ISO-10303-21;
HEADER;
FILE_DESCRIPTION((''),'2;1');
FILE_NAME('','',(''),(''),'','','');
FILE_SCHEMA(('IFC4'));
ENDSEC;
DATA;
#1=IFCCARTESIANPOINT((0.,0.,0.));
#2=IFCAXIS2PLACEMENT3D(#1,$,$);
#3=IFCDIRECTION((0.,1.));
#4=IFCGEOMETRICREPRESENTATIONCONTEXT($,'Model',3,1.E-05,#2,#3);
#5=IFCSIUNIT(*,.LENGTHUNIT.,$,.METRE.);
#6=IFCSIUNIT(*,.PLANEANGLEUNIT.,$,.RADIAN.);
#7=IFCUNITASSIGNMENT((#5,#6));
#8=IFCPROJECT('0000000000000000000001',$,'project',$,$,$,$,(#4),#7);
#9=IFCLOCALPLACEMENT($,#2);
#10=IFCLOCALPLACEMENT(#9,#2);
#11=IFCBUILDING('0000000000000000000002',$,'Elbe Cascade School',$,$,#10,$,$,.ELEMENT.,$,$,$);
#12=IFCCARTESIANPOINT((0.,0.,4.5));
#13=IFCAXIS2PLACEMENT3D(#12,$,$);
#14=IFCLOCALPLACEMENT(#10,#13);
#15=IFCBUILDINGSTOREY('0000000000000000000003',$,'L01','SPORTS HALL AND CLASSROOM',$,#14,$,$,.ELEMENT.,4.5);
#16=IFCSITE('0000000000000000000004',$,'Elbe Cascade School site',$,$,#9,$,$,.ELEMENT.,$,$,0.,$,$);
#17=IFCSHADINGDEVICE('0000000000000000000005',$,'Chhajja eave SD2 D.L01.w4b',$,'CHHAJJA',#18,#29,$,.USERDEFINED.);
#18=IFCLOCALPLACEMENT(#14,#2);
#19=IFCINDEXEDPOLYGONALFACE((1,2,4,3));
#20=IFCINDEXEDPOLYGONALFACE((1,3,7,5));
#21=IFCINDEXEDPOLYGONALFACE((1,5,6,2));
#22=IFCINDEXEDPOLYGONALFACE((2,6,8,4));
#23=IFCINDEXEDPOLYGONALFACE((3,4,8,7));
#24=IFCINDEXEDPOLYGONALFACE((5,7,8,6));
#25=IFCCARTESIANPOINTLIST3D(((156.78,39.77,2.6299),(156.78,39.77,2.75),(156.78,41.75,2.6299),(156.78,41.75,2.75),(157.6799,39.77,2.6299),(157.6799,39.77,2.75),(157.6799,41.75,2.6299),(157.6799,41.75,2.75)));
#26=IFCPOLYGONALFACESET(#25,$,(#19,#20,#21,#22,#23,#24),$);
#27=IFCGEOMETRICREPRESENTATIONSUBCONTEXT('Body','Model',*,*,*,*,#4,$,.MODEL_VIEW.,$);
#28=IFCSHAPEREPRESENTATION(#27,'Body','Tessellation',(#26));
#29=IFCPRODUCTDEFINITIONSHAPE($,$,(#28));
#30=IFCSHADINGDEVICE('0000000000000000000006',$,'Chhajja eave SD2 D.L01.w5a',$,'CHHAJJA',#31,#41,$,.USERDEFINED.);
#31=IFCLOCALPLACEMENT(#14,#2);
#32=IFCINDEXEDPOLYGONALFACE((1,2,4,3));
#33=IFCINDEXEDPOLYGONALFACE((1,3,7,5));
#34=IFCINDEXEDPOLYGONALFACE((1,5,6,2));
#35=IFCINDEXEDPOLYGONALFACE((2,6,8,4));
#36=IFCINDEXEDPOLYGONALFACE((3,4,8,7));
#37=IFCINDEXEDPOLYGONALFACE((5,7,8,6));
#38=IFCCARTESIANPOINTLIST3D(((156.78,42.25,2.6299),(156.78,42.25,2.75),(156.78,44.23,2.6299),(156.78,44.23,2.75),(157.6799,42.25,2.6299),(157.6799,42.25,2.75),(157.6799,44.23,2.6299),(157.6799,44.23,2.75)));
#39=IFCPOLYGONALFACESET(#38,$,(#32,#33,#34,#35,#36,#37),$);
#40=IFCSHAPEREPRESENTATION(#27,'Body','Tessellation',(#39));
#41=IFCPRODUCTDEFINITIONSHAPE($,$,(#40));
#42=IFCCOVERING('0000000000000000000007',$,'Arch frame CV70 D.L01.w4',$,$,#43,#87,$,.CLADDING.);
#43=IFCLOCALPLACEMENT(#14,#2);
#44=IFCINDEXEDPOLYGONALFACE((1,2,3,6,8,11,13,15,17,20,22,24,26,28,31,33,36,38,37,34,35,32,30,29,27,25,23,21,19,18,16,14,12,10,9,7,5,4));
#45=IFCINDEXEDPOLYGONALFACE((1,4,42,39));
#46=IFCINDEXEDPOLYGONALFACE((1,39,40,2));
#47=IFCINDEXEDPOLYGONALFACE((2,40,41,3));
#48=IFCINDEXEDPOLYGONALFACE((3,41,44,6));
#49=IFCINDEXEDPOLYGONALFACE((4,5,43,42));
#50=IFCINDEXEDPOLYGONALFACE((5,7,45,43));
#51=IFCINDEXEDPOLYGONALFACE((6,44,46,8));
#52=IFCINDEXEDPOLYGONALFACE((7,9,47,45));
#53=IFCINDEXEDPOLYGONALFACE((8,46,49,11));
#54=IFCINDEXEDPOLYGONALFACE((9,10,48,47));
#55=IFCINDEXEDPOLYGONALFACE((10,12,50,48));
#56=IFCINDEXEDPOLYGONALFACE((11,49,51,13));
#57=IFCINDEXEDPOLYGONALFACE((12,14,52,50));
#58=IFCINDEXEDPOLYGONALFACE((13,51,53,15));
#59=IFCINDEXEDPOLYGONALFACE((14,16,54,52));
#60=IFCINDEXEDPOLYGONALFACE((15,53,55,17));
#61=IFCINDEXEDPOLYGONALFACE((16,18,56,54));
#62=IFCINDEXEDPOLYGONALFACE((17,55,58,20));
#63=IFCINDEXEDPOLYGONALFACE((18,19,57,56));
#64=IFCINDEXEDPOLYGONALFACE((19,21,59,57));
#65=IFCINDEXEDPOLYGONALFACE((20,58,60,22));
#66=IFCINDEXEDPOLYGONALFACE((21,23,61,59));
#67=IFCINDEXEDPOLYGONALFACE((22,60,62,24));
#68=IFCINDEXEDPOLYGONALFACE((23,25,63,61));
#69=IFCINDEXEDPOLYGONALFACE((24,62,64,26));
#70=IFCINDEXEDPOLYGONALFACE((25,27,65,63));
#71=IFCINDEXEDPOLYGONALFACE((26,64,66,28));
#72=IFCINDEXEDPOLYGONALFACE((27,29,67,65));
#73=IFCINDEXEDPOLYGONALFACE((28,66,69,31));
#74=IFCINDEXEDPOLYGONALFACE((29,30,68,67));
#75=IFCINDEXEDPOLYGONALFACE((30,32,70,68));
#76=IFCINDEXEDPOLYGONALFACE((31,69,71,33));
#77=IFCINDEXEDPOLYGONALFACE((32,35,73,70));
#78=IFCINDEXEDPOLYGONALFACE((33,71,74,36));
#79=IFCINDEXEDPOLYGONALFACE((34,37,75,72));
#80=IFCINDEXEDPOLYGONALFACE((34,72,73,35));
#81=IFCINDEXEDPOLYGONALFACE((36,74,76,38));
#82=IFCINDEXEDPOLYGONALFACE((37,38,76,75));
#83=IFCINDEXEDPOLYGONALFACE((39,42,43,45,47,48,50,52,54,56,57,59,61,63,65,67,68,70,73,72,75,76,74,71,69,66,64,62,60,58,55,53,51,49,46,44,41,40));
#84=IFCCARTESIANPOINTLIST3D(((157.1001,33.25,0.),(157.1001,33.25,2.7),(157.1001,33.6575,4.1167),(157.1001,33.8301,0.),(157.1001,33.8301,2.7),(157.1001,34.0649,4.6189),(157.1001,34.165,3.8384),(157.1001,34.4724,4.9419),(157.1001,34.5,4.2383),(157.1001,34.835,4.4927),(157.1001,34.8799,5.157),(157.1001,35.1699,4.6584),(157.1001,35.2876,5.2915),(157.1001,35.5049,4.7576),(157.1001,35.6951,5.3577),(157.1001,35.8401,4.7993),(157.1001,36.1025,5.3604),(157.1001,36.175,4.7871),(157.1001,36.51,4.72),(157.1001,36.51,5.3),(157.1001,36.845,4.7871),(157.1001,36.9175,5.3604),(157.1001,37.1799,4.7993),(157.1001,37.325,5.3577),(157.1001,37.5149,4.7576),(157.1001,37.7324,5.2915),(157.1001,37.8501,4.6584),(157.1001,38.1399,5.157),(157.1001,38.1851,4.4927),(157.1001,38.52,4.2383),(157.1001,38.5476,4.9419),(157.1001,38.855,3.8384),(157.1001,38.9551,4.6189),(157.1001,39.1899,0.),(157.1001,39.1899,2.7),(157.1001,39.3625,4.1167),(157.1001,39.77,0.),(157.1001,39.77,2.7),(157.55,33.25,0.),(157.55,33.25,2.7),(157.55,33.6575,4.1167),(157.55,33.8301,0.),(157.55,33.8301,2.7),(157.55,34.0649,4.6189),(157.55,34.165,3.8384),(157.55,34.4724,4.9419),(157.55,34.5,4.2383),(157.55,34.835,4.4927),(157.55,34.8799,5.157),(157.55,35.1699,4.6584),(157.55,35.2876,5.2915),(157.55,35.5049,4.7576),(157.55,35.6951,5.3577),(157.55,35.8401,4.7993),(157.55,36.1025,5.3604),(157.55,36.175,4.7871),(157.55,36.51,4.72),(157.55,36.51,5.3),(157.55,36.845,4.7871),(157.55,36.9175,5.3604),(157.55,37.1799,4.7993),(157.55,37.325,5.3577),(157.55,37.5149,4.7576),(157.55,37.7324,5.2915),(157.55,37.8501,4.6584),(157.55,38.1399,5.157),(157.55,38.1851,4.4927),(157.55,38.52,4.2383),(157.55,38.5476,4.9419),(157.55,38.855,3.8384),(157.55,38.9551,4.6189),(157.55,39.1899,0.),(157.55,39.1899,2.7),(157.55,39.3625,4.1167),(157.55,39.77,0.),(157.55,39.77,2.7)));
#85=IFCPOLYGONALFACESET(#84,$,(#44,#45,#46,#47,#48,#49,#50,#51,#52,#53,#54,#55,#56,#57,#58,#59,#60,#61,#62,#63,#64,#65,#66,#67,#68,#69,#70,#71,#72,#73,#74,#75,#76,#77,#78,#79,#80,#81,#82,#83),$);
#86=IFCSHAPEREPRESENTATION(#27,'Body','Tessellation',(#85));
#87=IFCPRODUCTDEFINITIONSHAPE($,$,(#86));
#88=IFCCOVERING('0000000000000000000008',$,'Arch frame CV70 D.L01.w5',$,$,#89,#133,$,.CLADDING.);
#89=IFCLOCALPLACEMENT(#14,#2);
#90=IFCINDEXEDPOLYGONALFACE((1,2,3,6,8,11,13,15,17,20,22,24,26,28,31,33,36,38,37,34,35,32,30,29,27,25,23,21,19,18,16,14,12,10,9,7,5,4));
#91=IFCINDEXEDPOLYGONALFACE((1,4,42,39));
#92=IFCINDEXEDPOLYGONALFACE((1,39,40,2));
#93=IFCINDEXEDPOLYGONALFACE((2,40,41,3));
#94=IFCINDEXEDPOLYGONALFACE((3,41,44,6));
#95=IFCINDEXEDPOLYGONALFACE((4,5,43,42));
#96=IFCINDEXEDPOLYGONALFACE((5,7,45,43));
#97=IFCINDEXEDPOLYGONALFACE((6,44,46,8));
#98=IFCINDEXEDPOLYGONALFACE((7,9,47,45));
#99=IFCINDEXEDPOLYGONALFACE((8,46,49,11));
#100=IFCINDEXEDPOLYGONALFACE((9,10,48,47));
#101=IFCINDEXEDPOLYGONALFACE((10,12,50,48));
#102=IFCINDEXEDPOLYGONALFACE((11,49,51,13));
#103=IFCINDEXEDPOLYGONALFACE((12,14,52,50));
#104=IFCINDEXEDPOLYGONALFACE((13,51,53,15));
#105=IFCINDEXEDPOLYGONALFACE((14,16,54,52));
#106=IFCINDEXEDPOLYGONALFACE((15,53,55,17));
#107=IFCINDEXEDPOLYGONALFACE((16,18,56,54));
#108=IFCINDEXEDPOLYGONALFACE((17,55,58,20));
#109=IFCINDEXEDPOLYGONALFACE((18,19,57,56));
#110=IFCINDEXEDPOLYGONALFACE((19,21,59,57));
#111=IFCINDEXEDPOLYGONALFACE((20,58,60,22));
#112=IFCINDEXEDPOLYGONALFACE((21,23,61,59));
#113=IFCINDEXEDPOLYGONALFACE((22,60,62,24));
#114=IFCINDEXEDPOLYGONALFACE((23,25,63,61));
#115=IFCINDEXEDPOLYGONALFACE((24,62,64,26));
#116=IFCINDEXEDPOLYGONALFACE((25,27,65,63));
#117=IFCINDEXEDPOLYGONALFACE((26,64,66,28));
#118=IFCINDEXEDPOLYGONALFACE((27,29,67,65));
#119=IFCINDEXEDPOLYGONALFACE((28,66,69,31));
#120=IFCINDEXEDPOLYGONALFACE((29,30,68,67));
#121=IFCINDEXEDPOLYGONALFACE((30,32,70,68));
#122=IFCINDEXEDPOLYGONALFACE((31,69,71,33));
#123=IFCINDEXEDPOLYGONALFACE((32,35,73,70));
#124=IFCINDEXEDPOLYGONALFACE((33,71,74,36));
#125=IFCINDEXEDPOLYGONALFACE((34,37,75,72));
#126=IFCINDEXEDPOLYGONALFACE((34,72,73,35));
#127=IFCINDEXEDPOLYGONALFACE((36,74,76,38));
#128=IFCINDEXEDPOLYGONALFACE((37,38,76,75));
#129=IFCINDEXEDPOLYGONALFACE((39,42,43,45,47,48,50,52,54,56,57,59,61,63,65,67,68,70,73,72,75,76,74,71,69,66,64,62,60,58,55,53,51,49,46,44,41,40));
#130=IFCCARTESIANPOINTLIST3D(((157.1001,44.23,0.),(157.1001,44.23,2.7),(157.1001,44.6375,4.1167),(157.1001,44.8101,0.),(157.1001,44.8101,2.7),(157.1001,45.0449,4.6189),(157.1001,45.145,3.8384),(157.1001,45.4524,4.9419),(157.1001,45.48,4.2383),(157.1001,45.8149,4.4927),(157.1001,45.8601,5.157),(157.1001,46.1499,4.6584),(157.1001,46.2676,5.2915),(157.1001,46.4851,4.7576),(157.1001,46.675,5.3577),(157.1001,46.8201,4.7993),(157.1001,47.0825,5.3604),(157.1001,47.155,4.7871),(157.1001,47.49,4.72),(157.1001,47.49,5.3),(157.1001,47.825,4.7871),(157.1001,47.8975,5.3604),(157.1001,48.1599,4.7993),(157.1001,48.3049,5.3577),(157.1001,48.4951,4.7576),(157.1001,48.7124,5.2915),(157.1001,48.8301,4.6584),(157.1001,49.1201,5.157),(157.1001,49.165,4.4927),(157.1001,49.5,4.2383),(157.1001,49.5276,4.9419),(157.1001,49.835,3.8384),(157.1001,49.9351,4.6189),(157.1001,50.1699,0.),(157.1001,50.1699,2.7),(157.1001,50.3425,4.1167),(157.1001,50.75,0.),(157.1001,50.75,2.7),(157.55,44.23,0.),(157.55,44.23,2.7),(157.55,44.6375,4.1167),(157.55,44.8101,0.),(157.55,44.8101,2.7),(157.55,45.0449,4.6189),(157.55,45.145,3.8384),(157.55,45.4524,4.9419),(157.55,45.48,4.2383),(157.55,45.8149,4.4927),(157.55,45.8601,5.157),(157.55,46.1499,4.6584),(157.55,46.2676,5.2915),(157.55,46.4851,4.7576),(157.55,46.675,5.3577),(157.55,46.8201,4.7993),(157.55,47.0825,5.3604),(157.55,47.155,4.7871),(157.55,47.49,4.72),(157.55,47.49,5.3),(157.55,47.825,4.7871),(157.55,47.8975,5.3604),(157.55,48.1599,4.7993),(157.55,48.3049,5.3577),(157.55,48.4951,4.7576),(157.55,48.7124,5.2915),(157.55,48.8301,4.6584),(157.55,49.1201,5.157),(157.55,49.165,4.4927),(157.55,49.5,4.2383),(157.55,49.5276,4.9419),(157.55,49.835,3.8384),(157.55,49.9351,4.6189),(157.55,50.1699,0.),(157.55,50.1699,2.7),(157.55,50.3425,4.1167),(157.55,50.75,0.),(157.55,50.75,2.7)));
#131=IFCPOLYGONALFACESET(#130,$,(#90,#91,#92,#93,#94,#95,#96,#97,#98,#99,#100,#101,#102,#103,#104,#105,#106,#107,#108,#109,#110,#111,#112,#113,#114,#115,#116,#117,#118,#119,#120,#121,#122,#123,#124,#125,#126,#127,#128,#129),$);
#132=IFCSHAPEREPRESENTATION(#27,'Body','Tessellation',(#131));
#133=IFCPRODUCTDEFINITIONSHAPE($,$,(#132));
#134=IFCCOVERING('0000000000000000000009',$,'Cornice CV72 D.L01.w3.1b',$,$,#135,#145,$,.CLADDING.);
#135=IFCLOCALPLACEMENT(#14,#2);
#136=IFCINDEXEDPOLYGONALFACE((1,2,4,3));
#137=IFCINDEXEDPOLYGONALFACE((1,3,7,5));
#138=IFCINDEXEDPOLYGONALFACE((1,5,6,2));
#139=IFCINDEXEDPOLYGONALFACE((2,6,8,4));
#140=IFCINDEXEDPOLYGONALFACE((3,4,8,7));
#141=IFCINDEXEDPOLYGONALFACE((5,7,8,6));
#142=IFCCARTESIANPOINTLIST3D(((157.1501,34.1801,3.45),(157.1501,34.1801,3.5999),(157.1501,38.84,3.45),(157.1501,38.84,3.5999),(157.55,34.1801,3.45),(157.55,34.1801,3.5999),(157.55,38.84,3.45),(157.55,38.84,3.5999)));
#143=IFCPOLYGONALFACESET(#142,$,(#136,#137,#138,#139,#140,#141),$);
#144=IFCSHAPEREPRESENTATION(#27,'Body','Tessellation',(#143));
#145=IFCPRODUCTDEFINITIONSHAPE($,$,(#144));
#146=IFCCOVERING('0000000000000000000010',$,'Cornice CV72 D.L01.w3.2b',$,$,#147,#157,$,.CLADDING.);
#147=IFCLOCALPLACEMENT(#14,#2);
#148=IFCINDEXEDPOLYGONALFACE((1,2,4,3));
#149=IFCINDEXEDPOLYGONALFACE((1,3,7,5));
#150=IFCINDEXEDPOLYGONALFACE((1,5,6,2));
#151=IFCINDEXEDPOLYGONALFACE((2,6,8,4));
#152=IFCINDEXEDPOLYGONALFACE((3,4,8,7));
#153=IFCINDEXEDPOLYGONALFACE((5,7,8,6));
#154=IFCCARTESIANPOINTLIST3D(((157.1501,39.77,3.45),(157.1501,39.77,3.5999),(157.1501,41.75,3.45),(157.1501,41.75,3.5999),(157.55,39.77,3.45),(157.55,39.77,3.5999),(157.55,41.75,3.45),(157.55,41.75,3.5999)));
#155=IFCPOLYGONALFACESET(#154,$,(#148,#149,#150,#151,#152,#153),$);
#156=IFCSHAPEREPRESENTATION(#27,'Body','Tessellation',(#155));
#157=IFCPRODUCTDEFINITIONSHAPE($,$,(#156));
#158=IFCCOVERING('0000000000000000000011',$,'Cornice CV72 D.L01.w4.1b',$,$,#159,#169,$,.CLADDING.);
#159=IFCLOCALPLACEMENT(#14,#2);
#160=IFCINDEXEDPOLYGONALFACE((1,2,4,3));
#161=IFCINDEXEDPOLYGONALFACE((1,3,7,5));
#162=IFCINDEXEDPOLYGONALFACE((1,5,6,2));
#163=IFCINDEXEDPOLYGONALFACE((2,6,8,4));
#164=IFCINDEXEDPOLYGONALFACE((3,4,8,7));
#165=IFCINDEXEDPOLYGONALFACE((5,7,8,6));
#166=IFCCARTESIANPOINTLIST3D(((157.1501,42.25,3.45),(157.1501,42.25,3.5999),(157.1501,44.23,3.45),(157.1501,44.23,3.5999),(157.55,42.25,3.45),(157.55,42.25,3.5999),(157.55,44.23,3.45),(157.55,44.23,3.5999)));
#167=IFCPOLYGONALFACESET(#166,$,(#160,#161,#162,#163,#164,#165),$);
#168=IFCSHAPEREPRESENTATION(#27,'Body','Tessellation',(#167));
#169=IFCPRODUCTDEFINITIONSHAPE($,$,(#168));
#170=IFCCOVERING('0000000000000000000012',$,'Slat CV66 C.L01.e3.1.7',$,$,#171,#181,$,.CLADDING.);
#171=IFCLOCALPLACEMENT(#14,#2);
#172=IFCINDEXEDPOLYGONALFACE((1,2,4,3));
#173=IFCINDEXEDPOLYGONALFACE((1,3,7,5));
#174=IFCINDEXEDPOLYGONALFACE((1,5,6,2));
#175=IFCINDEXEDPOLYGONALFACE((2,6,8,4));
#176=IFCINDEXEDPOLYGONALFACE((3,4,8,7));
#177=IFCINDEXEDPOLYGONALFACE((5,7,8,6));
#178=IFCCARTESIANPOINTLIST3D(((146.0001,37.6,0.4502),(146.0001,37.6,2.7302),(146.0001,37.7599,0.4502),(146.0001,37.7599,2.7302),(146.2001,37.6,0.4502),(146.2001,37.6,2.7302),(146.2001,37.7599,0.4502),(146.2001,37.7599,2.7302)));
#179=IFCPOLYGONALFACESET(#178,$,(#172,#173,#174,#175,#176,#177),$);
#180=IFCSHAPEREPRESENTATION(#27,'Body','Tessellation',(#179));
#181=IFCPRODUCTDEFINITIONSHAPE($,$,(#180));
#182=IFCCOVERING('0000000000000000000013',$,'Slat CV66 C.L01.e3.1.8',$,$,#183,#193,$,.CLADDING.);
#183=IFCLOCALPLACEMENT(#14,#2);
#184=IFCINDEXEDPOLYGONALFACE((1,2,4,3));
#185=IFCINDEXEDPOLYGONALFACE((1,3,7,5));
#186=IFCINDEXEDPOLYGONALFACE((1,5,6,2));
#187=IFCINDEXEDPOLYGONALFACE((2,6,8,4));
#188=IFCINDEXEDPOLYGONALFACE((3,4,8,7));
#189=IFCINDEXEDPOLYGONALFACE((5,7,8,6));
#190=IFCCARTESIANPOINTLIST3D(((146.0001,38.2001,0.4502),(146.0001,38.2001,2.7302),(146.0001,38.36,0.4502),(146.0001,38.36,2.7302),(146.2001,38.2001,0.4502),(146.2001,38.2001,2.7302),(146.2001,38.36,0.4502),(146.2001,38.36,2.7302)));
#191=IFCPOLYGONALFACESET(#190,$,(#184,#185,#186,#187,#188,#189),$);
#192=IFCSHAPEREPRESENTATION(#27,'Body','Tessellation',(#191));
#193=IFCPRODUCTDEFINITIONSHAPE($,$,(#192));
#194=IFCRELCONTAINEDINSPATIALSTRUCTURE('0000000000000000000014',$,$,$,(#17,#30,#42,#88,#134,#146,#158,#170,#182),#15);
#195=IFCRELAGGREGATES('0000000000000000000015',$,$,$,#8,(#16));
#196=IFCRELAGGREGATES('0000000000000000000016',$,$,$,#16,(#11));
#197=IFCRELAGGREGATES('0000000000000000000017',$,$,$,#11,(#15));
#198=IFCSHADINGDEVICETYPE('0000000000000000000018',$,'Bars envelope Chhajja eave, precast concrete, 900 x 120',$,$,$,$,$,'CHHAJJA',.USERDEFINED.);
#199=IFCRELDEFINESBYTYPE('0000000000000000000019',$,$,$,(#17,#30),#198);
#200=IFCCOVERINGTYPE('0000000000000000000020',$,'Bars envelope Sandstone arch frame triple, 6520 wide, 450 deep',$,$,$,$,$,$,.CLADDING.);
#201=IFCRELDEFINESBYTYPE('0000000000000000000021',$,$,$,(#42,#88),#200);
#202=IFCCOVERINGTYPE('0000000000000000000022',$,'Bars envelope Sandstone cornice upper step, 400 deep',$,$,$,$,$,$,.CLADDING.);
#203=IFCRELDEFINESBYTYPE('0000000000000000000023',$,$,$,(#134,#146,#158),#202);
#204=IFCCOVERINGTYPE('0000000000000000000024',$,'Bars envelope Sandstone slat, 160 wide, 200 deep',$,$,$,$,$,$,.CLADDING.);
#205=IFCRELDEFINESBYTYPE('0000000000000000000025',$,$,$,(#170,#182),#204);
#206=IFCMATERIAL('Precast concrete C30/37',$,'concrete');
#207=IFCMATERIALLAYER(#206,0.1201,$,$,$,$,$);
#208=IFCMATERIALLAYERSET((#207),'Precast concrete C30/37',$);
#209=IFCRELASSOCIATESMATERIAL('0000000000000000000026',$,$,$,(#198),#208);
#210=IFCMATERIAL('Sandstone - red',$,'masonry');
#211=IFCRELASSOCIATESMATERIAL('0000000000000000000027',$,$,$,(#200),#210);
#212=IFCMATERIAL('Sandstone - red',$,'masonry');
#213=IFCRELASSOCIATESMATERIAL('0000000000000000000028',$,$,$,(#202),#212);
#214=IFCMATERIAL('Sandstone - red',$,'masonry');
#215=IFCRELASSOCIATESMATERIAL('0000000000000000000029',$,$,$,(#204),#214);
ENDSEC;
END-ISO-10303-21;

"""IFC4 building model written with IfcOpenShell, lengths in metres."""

from ifc_helpers import new_model, si_unit, direction, frame, origin, origin_2d, place, context, subcontext, project, spatial, polyline, rectangle, outline, extrude, material, layer, layer_set, type_object, element, save


model = new_model("IFC4")

# Units and contexts
model_context = context("Model", 3, precision=1e-05, world=origin(), true_north=direction((0.0, 1.0)))
body_context = subcontext(model_context, "Body", "Model", "MODEL_VIEW")
ifc_project = project(units=[si_unit("LENGTHUNIT", "METRE"), si_unit("PLANEANGLEUNIT", "RADIAN")], contexts=[model_context])

# Site, building, storey
site_placement = place(None, origin())
site = spatial("IfcSite", under=ifc_project, at=site_placement, Name="Elbe Cascade School site", CompositionType="ELEMENT", RefElevation=0.0)
building_placement = place(site_placement, origin())
building = spatial("IfcBuilding", under=site, at=building_placement, Name="Elbe Cascade School", CompositionType="ELEMENT")
storey_placement = place(building_placement, frame((0.0, 0.0, 4.5)))
storey = spatial("IfcBuildingStorey", under=building, at=storey_placement, Name="L01", Description="SPORTS HALL AND CLASSROOM", CompositionType="ELEMENT", Elevation=4.5)

# Shading devices
ifc_material_1 = material(Name="Precast concrete C30/37", Category="concrete")
ifc_layer = layer(ifc_material_1, 0.1201)
ifc_layer_set = layer_set([ifc_layer], Name="Precast concrete C30/37")
shading_device_type = type_object("IfcShadingDeviceType", Name="Bars envelope Chhajja eave, precast concrete, 900 x 120", ElementType="CHHAJJA", PredefinedType="USERDEFINED", material=ifc_layer_set)
for number, where, z_axis, x_axis, name in (
    (1, (157.23, 40.76, 2.6299), (0.0, 0.0, 1.0), (0.0, 1.0, 0.0), "Chhajja eave SD2 D.L01.w4b"),
    (2, (157.23, 43.24, 2.6299), (0.0, 0.0, 1.0), (0.0, 1.0, 0.0), "Chhajja eave SD2 D.L01.w5a"),
):
    element("IfcShadingDevice", number, at=place(storey_placement, frame(where, z_axis=z_axis, x_axis=x_axis)), inside=storey, type_object=shading_device_type, Name=name, ObjectType="CHHAJJA", PredefinedType="USERDEFINED", context=body_context, shape_type="SweptSolid", body=[
        extrude(rectangle(XDim=1.98, YDim=0.8999, at=origin_2d()), origin(), (0.0, 0.0, 1.0), 0.1201),
    ])

# Coverings
ifc_material_2 = material(Name="Sandstone - red", Category="masonry")
covering_type_1 = type_object("IfcCoveringType", Name="Bars envelope Sandstone arch frame triple, 6520 wide, 450 deep", PredefinedType="CLADDING", material=ifc_material_2)
covering_1_placement = place(storey_placement, frame((157.1001, 33.25, 0.0), z_axis=(-1.0, 0.0, 0.0), x_axis=(0.0, 0.0, 1.0)))
element("IfcCovering", 3, at=covering_1_placement, inside=storey, type_object=covering_type_1, Name="Arch frame CV70 D.L01.w4", PredefinedType="CLADDING", context=body_context, shape_type="SweptSolid", body=[
    extrude(outline(polyline([(0.0, 0.0), (2.7, 0.0), (4.1167, 0.4075), (4.6189, 0.8149), (4.9419, 1.2224), (5.157, 1.6299), (5.2915, 2.0376), (5.3577, 2.4451), (5.3604, 2.8525), (5.3, 3.26), (5.3604, 3.6675), (5.3577, 4.075), (5.2915, 4.4824), (5.157, 4.8899), (4.9419, 5.2976), (4.6189, 5.7051), (4.1167, 6.1125), (2.7, 6.52), (0.0, 6.52), (0.0, 5.9399), (2.7, 5.9399), (3.8384, 5.605), (4.2383, 5.27), (4.4927, 4.9351), (4.6584, 4.6001), (4.7576, 4.2649), (4.7993, 3.9299), (4.7871, 3.595), (4.72, 3.26), (4.7871, 2.925), (4.7993, 2.5901), (4.7576, 2.2549), (4.6584, 1.9199), (4.4927, 1.585), (4.2383, 1.25), (3.8384, 0.915), (2.7, 0.5801), (0.0, 0.5801), (0.0, 0.0)])), origin(), (0.0, 0.0, -1.0), 0.45),
])
covering_2_placement = place(storey_placement, frame((157.1001, 44.23, 0.0), z_axis=(-1.0, 0.0, 0.0), x_axis=(0.0, 0.0, 1.0)))
element("IfcCovering", 4, at=covering_2_placement, inside=storey, type_object=covering_type_1, Name="Arch frame CV70 D.L01.w5", PredefinedType="CLADDING", context=body_context, shape_type="SweptSolid", body=[
    extrude(outline(polyline([(0.0, 0.0), (2.7, 0.0), (4.1167, 0.4075), (4.6189, 0.8149), (4.9419, 1.2224), (5.157, 1.6301), (5.2915, 2.0376), (5.3577, 2.4451), (5.3604, 2.8525), (5.3, 3.26), (5.3604, 3.6675), (5.3577, 4.075), (5.2915, 4.4824), (5.157, 4.8901), (4.9419, 5.2976), (4.6189, 5.7051), (4.1167, 6.1125), (2.7, 6.52), (0.0, 6.52), (0.0, 5.9399), (2.7, 5.9399), (3.8384, 5.605), (4.2383, 5.27), (4.4927, 4.9351), (4.6584, 4.6001), (4.7576, 4.2651), (4.7993, 3.9299), (4.7871, 3.595), (4.72, 3.26), (4.7871, 2.925), (4.7993, 2.5901), (4.7576, 2.2551), (4.6584, 1.9199), (4.4927, 1.585), (4.2383, 1.25), (3.8384, 0.915), (2.7, 0.5801), (0.0, 0.5801), (0.0, 0.0)])), origin(), (0.0, 0.0, -1.0), 0.45),
])
ifc_material_3 = material(Name="Sandstone - red", Category="masonry")
covering_type_2 = type_object("IfcCoveringType", Name="Bars envelope Sandstone cornice upper step, 400 deep", PredefinedType="CLADDING", material=ifc_material_3)
covering_3_placement = place(storey_placement, frame((157.3501, 36.51, 3.45), z_axis=(0.0, 0.0, 1.0), x_axis=(0.0, 1.0, 0.0)))
element("IfcCovering", 5, at=covering_3_placement, inside=storey, type_object=covering_type_2, Name="Cornice CV72 D.L01.w3.1b", PredefinedType="CLADDING", context=body_context, shape_type="SweptSolid", body=[
    extrude(rectangle(XDim=4.6599, YDim=0.3999, at=origin_2d()), origin(), (0.0, 0.0, 1.0), 0.1499),
])
for number, where, z_axis, x_axis, name in (
    (6, (157.3501, 40.76, 3.45), (0.0, 0.0, 1.0), (0.0, 1.0, 0.0), "Cornice CV72 D.L01.w3.2b"),
    (7, (157.3501, 43.24, 3.45), (0.0, 0.0, 1.0), (0.0, 1.0, 0.0), "Cornice CV72 D.L01.w4.1b"),
):
    element("IfcCovering", number, at=place(storey_placement, frame(where, z_axis=z_axis, x_axis=x_axis)), inside=storey, type_object=covering_type_2, Name=name, PredefinedType="CLADDING", context=body_context, shape_type="SweptSolid", body=[
        extrude(rectangle(XDim=1.98, YDim=0.3999, at=origin_2d()), origin(), (0.0, 0.0, 1.0), 0.1499),
    ])
ifc_material_4 = material(Name="Sandstone - red", Category="masonry")
covering_type_3 = type_object("IfcCoveringType", Name="Bars envelope Sandstone slat, 160 wide, 200 deep", PredefinedType="CLADDING", material=ifc_material_4)
for number, where, z_axis, x_axis, name in (
    (8, (146.1001, 37.6799, 0.4502), (0.0, 0.0, 1.0), (0.0, 1.0, 0.0), "Slat CV66 C.L01.e3.1.7"),
    (9, (146.1001, 38.28, 0.4502), (0.0, 0.0, 1.0), (0.0, 1.0, 0.0), "Slat CV66 C.L01.e3.1.8"),
):
    element("IfcCovering", number, at=place(storey_placement, frame(where, z_axis=z_axis, x_axis=x_axis)), inside=storey, type_object=covering_type_3, Name=name, PredefinedType="CLADDING", context=body_context, shape_type="SweptSolid", body=[
        extrude(rectangle(XDim=0.1599, YDim=0.2, at=origin_2d()), origin(), (0.0, 0.0, 1.0), 2.28),
    ])

save(model, "model.ifc")
